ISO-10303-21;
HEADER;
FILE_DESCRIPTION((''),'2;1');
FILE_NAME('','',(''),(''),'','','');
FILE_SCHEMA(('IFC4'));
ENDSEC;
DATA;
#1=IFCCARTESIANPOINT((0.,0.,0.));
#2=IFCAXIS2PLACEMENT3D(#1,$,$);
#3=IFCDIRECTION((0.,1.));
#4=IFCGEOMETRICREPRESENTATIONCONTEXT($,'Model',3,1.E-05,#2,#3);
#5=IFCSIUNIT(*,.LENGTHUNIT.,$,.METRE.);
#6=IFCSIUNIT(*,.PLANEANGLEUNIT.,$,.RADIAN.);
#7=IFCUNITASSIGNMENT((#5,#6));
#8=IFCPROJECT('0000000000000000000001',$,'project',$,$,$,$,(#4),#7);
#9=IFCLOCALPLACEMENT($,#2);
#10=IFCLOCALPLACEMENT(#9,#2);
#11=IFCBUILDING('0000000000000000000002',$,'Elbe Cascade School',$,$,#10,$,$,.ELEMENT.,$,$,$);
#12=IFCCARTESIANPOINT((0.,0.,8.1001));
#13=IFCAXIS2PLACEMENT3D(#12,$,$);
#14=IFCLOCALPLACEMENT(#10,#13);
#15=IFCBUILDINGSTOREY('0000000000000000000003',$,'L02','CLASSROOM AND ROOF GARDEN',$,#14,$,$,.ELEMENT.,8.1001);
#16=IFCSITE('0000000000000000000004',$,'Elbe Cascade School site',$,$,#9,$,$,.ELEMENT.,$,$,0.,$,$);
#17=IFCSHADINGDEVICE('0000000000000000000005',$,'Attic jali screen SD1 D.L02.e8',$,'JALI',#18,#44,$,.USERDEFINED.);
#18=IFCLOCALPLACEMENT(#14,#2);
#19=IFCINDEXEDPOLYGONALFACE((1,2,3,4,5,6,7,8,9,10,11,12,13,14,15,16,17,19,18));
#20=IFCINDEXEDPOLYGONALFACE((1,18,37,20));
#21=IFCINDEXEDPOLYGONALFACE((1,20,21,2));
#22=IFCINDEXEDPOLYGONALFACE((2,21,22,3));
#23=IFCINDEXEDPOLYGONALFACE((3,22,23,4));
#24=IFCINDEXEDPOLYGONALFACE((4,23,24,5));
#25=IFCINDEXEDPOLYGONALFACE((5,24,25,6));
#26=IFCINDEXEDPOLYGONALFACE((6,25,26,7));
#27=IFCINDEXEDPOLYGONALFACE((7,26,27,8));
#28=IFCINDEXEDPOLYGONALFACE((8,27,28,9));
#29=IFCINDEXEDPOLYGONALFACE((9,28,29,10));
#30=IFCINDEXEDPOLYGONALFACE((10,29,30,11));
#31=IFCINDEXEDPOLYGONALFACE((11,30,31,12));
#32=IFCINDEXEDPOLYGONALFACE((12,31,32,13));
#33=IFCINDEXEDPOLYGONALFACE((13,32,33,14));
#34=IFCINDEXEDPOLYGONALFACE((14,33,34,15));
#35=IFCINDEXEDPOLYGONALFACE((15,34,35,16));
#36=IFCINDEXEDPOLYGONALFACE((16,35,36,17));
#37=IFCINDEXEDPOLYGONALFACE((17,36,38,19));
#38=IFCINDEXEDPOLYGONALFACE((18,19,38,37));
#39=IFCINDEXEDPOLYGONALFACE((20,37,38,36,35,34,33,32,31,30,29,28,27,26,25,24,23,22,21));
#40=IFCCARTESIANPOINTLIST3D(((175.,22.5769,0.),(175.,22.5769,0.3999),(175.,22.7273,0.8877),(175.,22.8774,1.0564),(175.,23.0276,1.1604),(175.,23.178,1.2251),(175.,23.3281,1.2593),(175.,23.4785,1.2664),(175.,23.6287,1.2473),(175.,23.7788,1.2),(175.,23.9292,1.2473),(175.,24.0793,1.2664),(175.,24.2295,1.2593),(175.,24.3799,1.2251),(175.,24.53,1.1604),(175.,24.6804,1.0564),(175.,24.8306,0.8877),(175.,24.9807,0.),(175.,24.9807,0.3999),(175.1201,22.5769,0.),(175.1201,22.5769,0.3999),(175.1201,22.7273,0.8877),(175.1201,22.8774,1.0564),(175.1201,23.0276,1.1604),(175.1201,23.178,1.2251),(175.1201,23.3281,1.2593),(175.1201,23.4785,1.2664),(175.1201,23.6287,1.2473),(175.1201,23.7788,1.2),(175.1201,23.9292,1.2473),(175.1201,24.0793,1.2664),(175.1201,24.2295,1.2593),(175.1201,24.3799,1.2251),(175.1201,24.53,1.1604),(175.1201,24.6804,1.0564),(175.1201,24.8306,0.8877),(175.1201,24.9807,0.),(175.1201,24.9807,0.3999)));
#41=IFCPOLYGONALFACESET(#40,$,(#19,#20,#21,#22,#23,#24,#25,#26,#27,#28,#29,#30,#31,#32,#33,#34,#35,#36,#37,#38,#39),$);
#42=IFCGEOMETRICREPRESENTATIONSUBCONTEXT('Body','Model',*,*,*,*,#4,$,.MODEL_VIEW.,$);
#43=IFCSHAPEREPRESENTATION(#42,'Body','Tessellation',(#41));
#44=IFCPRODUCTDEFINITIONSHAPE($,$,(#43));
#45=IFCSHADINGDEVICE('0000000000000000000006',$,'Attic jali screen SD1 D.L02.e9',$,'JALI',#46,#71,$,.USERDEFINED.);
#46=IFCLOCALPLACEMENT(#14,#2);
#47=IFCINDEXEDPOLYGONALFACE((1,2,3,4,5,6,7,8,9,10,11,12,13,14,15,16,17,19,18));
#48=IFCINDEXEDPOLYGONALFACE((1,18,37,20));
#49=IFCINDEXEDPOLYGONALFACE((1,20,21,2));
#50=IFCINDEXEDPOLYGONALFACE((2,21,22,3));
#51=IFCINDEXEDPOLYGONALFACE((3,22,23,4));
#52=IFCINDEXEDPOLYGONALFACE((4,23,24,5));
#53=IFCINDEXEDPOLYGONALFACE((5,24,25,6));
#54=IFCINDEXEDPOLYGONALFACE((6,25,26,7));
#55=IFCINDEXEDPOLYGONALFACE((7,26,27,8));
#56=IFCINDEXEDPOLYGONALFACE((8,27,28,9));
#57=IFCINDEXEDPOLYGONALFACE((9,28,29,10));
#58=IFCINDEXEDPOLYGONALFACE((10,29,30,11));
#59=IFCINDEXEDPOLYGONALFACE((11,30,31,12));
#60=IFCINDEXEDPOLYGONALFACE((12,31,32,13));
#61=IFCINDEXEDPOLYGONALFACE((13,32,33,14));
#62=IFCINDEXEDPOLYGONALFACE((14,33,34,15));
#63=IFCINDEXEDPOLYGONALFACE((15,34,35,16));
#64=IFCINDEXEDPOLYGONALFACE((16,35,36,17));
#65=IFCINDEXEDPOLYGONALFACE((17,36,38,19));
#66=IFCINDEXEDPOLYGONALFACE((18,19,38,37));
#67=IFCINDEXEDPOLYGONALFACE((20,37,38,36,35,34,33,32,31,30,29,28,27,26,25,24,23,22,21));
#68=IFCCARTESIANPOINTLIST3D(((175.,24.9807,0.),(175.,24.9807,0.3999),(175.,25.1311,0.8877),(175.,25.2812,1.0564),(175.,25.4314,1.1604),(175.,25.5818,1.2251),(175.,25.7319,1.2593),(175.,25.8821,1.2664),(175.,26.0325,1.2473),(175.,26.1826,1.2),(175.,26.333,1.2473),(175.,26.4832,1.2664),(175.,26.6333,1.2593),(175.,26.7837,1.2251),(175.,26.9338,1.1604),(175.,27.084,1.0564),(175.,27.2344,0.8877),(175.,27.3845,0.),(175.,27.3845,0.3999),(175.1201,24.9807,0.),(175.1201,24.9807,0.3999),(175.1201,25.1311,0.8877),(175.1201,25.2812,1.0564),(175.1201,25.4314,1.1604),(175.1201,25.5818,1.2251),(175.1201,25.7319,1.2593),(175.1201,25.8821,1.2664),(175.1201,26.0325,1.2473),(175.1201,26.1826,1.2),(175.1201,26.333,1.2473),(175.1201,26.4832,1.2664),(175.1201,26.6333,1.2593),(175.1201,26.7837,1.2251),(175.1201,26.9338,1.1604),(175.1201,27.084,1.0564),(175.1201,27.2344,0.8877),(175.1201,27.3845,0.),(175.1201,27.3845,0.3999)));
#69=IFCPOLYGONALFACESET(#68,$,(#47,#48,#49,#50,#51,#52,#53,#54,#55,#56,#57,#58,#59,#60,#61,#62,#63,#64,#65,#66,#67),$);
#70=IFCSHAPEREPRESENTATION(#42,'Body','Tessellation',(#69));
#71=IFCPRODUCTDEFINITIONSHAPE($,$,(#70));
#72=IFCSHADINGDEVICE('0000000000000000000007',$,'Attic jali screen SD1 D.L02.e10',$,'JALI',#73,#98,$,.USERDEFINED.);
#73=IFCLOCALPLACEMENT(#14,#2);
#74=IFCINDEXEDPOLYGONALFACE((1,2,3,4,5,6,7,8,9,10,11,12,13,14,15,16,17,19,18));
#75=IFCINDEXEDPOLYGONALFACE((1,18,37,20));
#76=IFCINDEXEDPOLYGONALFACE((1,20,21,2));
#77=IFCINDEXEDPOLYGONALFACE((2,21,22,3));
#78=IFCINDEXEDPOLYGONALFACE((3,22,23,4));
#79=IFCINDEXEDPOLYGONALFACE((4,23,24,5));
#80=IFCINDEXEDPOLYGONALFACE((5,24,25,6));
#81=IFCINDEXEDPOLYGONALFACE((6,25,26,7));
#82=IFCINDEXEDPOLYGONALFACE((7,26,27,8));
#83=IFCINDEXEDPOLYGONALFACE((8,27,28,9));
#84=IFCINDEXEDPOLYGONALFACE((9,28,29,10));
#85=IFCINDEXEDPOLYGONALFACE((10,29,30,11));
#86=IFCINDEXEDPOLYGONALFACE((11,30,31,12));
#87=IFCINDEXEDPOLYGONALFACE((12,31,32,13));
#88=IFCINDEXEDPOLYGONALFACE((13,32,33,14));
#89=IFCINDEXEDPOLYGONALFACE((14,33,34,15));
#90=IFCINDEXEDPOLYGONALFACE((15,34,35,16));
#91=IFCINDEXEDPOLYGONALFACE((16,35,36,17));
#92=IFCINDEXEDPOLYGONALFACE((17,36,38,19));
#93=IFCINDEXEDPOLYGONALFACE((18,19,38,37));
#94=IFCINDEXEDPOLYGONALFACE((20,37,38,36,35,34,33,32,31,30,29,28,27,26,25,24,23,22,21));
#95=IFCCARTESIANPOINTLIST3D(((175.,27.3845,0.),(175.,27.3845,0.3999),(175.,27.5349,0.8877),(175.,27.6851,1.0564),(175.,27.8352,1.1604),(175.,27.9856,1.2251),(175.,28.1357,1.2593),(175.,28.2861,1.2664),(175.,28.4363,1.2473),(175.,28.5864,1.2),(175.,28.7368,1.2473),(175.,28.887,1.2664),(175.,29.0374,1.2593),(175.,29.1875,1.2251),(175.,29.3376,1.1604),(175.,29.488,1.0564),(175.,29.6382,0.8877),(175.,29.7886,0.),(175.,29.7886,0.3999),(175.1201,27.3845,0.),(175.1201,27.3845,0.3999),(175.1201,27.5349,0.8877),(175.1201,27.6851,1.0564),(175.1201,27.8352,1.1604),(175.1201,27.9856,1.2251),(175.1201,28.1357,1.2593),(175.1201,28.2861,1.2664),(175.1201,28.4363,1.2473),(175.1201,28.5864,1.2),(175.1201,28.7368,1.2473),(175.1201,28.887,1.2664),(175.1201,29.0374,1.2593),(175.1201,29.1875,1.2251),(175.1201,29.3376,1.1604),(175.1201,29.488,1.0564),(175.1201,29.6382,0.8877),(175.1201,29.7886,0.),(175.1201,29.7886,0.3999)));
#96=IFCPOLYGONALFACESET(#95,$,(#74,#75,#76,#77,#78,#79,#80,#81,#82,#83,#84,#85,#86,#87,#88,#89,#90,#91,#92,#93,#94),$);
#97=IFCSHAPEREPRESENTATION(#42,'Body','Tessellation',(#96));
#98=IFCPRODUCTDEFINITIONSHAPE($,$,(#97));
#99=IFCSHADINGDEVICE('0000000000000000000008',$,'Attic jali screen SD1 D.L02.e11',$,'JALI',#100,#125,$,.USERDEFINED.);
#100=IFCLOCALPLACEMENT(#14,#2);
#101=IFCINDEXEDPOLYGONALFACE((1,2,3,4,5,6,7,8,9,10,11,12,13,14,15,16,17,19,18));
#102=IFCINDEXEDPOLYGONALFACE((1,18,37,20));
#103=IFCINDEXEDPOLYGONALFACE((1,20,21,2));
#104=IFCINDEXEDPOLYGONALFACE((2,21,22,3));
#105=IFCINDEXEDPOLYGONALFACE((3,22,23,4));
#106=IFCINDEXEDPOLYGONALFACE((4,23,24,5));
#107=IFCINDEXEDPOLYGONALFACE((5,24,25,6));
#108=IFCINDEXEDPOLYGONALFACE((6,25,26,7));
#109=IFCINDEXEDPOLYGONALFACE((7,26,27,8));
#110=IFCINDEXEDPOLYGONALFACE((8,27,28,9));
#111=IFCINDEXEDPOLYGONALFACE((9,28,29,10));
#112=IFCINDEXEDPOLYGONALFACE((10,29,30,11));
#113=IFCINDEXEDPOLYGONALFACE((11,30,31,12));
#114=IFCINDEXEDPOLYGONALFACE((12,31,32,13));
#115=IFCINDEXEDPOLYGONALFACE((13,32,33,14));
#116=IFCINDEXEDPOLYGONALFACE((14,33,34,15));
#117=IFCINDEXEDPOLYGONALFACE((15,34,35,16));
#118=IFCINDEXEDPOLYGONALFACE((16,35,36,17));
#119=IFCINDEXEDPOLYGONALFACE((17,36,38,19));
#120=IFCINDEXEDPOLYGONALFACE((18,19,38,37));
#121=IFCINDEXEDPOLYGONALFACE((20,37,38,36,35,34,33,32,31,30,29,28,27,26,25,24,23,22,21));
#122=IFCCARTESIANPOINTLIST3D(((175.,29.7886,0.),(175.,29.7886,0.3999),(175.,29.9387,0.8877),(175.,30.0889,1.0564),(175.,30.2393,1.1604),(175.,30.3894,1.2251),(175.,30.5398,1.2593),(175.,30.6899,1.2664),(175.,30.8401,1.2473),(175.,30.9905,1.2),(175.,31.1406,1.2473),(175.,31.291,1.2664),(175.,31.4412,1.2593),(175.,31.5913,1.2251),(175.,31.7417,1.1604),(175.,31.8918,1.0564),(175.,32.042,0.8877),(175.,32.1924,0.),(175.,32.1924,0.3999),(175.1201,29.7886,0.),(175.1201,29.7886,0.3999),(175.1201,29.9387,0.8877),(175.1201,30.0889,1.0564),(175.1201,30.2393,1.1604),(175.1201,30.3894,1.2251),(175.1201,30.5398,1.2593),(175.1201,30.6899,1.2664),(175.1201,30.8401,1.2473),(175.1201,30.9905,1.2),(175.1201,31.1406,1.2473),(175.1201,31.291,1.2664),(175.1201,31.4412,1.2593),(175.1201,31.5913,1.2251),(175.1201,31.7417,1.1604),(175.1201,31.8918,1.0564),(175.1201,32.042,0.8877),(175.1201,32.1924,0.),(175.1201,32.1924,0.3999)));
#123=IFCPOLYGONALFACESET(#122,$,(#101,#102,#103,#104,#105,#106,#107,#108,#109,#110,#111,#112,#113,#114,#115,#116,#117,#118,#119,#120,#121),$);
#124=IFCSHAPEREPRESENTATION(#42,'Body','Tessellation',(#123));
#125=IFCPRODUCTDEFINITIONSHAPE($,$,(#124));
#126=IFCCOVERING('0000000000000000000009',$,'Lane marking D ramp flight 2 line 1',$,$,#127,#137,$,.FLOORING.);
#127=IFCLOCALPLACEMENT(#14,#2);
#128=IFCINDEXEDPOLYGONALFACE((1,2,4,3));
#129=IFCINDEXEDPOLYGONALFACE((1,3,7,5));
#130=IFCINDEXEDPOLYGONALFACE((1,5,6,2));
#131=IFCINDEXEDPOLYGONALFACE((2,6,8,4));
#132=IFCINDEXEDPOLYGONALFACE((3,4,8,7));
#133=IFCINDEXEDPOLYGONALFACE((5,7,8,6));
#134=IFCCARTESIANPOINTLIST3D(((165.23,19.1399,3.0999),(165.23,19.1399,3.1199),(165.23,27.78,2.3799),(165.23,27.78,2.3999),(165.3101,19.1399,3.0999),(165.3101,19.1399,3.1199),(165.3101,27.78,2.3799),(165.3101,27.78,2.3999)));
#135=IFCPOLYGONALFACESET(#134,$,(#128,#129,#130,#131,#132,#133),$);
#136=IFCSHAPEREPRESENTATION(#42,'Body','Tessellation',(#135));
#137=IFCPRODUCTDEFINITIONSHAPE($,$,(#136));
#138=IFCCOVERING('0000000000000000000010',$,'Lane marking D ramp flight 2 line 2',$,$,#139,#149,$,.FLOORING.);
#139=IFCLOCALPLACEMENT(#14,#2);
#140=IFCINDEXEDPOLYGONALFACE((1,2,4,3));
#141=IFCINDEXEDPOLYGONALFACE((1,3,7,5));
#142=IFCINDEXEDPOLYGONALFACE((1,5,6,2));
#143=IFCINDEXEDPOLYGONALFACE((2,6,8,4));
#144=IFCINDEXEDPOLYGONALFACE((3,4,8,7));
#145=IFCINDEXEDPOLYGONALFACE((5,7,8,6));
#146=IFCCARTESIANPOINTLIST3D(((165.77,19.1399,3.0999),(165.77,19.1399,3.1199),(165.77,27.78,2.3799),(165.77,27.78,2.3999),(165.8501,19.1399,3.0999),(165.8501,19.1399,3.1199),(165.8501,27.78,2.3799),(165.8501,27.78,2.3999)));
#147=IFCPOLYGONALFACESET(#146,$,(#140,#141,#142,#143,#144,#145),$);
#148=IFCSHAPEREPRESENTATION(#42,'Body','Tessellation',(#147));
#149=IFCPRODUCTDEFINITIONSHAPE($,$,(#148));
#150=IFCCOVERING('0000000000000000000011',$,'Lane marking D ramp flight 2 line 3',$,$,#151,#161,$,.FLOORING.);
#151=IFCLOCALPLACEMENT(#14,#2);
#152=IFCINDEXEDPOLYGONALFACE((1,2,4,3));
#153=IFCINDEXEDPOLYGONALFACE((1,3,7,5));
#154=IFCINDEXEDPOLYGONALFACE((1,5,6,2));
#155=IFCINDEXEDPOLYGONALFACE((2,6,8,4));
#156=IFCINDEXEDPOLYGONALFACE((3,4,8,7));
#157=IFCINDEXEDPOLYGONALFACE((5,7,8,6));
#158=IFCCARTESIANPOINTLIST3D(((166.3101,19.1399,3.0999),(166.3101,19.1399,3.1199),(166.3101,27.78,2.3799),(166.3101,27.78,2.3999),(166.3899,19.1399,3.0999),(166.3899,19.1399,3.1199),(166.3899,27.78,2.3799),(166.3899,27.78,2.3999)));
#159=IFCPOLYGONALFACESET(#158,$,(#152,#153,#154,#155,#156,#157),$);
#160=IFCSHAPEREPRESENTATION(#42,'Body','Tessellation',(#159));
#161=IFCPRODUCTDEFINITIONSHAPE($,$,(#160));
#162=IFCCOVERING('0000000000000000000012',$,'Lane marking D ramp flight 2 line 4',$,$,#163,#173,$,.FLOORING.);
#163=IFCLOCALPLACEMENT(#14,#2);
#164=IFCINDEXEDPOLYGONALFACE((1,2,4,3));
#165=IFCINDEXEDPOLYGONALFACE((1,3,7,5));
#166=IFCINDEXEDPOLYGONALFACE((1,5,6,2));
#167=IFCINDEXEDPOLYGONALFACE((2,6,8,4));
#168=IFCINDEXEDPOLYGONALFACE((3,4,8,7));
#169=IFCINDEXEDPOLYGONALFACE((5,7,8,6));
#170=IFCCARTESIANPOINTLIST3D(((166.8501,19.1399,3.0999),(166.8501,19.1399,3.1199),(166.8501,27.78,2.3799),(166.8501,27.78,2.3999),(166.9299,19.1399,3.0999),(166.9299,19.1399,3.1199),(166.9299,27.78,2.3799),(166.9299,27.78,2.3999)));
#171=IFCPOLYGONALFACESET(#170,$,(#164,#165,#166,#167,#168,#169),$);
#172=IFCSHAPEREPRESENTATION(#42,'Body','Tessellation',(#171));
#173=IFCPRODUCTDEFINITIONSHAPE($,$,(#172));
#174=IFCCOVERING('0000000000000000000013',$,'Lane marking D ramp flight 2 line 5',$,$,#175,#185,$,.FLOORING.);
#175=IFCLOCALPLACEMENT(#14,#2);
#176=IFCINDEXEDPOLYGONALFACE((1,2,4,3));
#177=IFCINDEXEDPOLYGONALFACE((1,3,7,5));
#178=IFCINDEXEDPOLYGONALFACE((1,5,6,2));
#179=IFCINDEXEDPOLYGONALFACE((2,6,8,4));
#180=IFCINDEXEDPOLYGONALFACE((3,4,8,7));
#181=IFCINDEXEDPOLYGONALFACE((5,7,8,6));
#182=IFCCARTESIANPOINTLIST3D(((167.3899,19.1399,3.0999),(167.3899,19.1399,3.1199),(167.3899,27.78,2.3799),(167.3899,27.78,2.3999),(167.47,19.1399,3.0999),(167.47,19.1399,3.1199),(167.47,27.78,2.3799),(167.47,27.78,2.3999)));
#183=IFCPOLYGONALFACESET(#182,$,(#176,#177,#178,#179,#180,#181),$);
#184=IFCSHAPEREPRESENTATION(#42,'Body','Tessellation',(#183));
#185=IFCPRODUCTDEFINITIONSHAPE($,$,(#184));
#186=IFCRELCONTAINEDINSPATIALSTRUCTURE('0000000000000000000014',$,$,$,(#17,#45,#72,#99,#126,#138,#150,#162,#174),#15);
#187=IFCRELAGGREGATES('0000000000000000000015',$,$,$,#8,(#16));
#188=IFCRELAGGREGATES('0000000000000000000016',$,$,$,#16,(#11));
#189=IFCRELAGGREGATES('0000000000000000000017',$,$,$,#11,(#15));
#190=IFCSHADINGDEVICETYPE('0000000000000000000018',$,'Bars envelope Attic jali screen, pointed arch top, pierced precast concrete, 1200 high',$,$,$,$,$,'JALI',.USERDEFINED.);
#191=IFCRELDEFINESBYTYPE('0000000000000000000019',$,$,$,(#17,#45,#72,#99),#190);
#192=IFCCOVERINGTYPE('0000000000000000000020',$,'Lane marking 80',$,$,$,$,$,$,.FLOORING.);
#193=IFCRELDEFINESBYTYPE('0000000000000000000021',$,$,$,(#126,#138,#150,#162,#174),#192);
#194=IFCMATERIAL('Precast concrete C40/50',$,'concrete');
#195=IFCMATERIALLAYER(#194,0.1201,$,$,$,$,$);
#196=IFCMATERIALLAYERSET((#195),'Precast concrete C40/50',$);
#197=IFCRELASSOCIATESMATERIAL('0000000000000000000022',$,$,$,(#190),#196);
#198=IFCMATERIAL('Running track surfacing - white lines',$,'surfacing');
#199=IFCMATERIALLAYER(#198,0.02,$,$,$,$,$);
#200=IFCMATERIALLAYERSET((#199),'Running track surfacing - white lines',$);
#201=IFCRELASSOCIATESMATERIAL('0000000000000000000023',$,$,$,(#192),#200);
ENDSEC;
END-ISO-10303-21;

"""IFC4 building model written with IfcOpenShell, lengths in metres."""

from ifc_helpers import new_model, si_unit, direction, frame, origin, place, context, subcontext, project, spatial, polyline, outline, extrude, material, layer, layer_set, type_object, element, save


model = new_model("IFC4")

# Units and contexts
model_context = context("Model", 3, precision=1e-05, world=origin(), true_north=direction((0.0, 1.0)))
body_context = subcontext(model_context, "Body", "Model", "MODEL_VIEW")
ifc_project = project(units=[si_unit("LENGTHUNIT", "METRE"), si_unit("PLANEANGLEUNIT", "RADIAN")], contexts=[model_context])

# Site, building, storey
site_placement = place(None, origin())
site = spatial("IfcSite", under=ifc_project, at=site_placement, Name="Elbe Cascade School site", CompositionType="ELEMENT", RefElevation=0.0)
building_placement = place(site_placement, origin())
building = spatial("IfcBuilding", under=site, at=building_placement, Name="Elbe Cascade School", CompositionType="ELEMENT")
storey_placement = place(building_placement, frame((0.0, 0.0, 8.1001)))
storey = spatial("IfcBuildingStorey", under=building, at=storey_placement, Name="L02", Description="CLASSROOM AND ROOF GARDEN", CompositionType="ELEMENT", Elevation=8.1001)

# Shading devices
ifc_material_1 = material(Name="Precast concrete C40/50", Category="concrete")
ifc_layer_1 = layer(ifc_material_1, 0.1201)
ifc_layer_set_1 = layer_set([ifc_layer_1], Name="Precast concrete C40/50")
shading_device_type = type_object("IfcShadingDeviceType", Name="Bars envelope Attic jali screen, pointed arch top, pierced precast concrete, 1200 high", ElementType="JALI", PredefinedType="USERDEFINED", material=ifc_layer_set_1)
shading_device_1_placement = place(storey_placement, frame((175.1201, 22.5769, 0.0), z_axis=(1.0, 0.0, 0.0), x_axis=(0.0, 1.0, 0.0)))
element("IfcShadingDevice", 1, at=shading_device_1_placement, inside=storey, type_object=shading_device_type, Name="Attic jali screen SD1 D.L02.e8", ObjectType="JALI", PredefinedType="USERDEFINED", context=body_context, shape_type="SweptSolid", body=[
    extrude(outline(polyline([(0.0, 0.0), (2.4038, 0.0), (2.4038, 0.3999), (2.2537, 0.8877), (2.1035, 1.0564), (1.9531, 1.1604), (1.803, 1.2251), (1.6526, 1.2593), (1.5024, 1.2664), (1.3523, 1.2473), (1.2019, 1.2), (1.0518, 1.2473), (0.9016, 1.2664), (0.7512, 1.2593), (0.6011, 1.2251), (0.4507, 1.1604), (0.3005, 1.0564), (0.1504, 0.8877), (0.0, 0.3999), (0.0, 0.0)])), origin(), (0.0, 0.0, -1.0), 0.1201),
])
shading_device_2_placement = place(storey_placement, frame((175.1201, 24.9807, 0.0), z_axis=(1.0, 0.0, 0.0), x_axis=(0.0, 1.0, 0.0)))
element("IfcShadingDevice", 2, at=shading_device_2_placement, inside=storey, type_object=shading_device_type, Name="Attic jali screen SD1 D.L02.e9", ObjectType="JALI", PredefinedType="USERDEFINED", context=body_context, shape_type="SweptSolid", body=[
    extrude(outline(polyline([(0.0, 0.0), (2.4038, 0.0), (2.4038, 0.3999), (2.2537, 0.8877), (2.1033, 1.0564), (1.9531, 1.1604), (1.803, 1.2251), (1.6526, 1.2593), (1.5024, 1.2664), (1.3523, 1.2473), (1.2019, 1.2), (1.0518, 1.2473), (0.9014, 1.2664), (0.7512, 1.2593), (0.6011, 1.2251), (0.4507, 1.1604), (0.3005, 1.0564), (0.1504, 0.8877), (0.0, 0.3999), (0.0, 0.0)])), origin(), (0.0, 0.0, -1.0), 0.1201),
])
shading_device_3_placement = place(storey_placement, frame((175.1201, 27.3845, 0.0), z_axis=(1.0, 0.0, 0.0), x_axis=(0.0, 1.0, 0.0)))
element("IfcShadingDevice", 3, at=shading_device_3_placement, inside=storey, type_object=shading_device_type, Name="Attic jali screen SD1 D.L02.e10", ObjectType="JALI", PredefinedType="USERDEFINED", context=body_context, shape_type="SweptSolid", body=[
    extrude(outline(polyline([(0.0, 0.0), (2.4041, 0.0), (2.4041, 0.3999), (2.2537, 0.8877), (2.1035, 1.0564), (1.9531, 1.1604), (1.803, 1.2251), (1.6528, 1.2593), (1.5024, 1.2664), (1.3523, 1.2473), (1.2019, 1.2), (1.0518, 1.2473), (0.9016, 1.2664), (0.7512, 1.2593), (0.6011, 1.2251), (0.4507, 1.1604), (0.3005, 1.0564), (0.1504, 0.8877), (0.0, 0.3999), (0.0, 0.0)])), origin(), (0.0, 0.0, -1.0), 0.1201),
])
shading_device_4_placement = place(storey_placement, frame((175.1201, 29.7886, 0.0), z_axis=(1.0, 0.0, 0.0), x_axis=(0.0, 1.0, 0.0)))
element("IfcShadingDevice", 4, at=shading_device_4_placement, inside=storey, type_object=shading_device_type, Name="Attic jali screen SD1 D.L02.e11", ObjectType="JALI", PredefinedType="USERDEFINED", context=body_context, shape_type="SweptSolid", body=[
    extrude(outline(polyline([(0.0, 0.0), (2.4038, 0.0), (2.4038, 0.3999), (2.2534, 0.8877), (2.1033, 1.0564), (1.9531, 1.1604), (1.8027, 1.2251), (1.6526, 1.2593), (1.5024, 1.2664), (1.3521, 1.2473), (1.2019, 1.2), (1.0515, 1.2473), (0.9014, 1.2664), (0.7512, 1.2593), (0.6008, 1.2251), (0.4507, 1.1604), (0.3003, 1.0564), (0.1501, 0.8877), (0.0, 0.3999), (0.0, 0.0)])), origin(), (0.0, 0.0, -1.0), 0.1201),
])

# Coverings
ifc_material_2 = material(Name="Running track surfacing - white lines", Category="surfacing")
ifc_layer_2 = layer(ifc_material_2, 0.02)
ifc_layer_set_2 = layer_set([ifc_layer_2], Name="Running track surfacing - white lines")
covering_type_1 = type_object("IfcCoveringType", Name="Lane marking 80", PredefinedType="FLOORING", material=ifc_layer_set_2)
for number, where, z_axis, x_axis, name in (
    (5, (165.23, 19.1399, 3.1199), (0.0, 0.083041, 0.996546), (0.0, 0.996546, -0.083041), "Lane marking D ramp flight 2 line 1"),
    (6, (165.77, 19.1399, 3.1199), (0.0, 0.083041, 0.996546), (0.0, 0.996546, -0.083041), "Lane marking D ramp flight 2 line 2"),
):
    element("IfcCovering", number, at=place(storey_placement, frame(where, z_axis=z_axis, x_axis=x_axis)), inside=storey, type_object=covering_type_1, Name=name, PredefinedType="FLOORING", context=body_context, shape_type="SweptSolid", body=[
        extrude(outline(polyline([(0.0, 0.0), (8.6701, 0.0), (8.6701, -0.0801), (0.0, -0.0801), (0.0, 0.0)])), origin(), (0.083041, 0.0, -0.996546), 0.02),
    ])
for number, where, z_axis, x_axis, name in (
    (7, (166.3101, 19.1399, 3.1199), (0.0, 0.083041, 0.996546), (0.0, 0.996546, -0.083041), "Lane marking D ramp flight 2 line 3"),
    (8, (166.8501, 19.1399, 3.1199), (0.0, 0.083041, 0.996546), (0.0, 0.996546, -0.083041), "Lane marking D ramp flight 2 line 4"),
):
    element("IfcCovering", number, at=place(storey_placement, frame(where, z_axis=z_axis, x_axis=x_axis)), inside=storey, type_object=covering_type_1, Name=name, PredefinedType="FLOORING", context=body_context, shape_type="SweptSolid", body=[
        extrude(outline(polyline([(0.0, 0.0), (8.6701, 0.0), (8.6701, -0.0798), (0.0, -0.0798), (0.0, 0.0)])), origin(), (0.083041, 0.0, -0.996546), 0.02),
    ])
covering_1_placement = place(storey_placement, frame((167.3899, 19.1399, 3.1199), z_axis=(0.0, 0.083041, 0.996546), x_axis=(0.0, 0.996546, -0.083041)))
element("IfcCovering", 9, at=covering_1_placement, inside=storey, type_object=covering_type_1, Name="Lane marking D ramp flight 2 line 5", PredefinedType="FLOORING", context=body_context, shape_type="SweptSolid", body=[
    extrude(outline(polyline([(0.0, 0.0), (8.6701, 0.0), (8.6701, -0.0801), (0.0, -0.0801), (0.0, 0.0)])), origin(), (0.083041, 0.0, -0.996546), 0.02),
])

save(model, "model.ifc")
